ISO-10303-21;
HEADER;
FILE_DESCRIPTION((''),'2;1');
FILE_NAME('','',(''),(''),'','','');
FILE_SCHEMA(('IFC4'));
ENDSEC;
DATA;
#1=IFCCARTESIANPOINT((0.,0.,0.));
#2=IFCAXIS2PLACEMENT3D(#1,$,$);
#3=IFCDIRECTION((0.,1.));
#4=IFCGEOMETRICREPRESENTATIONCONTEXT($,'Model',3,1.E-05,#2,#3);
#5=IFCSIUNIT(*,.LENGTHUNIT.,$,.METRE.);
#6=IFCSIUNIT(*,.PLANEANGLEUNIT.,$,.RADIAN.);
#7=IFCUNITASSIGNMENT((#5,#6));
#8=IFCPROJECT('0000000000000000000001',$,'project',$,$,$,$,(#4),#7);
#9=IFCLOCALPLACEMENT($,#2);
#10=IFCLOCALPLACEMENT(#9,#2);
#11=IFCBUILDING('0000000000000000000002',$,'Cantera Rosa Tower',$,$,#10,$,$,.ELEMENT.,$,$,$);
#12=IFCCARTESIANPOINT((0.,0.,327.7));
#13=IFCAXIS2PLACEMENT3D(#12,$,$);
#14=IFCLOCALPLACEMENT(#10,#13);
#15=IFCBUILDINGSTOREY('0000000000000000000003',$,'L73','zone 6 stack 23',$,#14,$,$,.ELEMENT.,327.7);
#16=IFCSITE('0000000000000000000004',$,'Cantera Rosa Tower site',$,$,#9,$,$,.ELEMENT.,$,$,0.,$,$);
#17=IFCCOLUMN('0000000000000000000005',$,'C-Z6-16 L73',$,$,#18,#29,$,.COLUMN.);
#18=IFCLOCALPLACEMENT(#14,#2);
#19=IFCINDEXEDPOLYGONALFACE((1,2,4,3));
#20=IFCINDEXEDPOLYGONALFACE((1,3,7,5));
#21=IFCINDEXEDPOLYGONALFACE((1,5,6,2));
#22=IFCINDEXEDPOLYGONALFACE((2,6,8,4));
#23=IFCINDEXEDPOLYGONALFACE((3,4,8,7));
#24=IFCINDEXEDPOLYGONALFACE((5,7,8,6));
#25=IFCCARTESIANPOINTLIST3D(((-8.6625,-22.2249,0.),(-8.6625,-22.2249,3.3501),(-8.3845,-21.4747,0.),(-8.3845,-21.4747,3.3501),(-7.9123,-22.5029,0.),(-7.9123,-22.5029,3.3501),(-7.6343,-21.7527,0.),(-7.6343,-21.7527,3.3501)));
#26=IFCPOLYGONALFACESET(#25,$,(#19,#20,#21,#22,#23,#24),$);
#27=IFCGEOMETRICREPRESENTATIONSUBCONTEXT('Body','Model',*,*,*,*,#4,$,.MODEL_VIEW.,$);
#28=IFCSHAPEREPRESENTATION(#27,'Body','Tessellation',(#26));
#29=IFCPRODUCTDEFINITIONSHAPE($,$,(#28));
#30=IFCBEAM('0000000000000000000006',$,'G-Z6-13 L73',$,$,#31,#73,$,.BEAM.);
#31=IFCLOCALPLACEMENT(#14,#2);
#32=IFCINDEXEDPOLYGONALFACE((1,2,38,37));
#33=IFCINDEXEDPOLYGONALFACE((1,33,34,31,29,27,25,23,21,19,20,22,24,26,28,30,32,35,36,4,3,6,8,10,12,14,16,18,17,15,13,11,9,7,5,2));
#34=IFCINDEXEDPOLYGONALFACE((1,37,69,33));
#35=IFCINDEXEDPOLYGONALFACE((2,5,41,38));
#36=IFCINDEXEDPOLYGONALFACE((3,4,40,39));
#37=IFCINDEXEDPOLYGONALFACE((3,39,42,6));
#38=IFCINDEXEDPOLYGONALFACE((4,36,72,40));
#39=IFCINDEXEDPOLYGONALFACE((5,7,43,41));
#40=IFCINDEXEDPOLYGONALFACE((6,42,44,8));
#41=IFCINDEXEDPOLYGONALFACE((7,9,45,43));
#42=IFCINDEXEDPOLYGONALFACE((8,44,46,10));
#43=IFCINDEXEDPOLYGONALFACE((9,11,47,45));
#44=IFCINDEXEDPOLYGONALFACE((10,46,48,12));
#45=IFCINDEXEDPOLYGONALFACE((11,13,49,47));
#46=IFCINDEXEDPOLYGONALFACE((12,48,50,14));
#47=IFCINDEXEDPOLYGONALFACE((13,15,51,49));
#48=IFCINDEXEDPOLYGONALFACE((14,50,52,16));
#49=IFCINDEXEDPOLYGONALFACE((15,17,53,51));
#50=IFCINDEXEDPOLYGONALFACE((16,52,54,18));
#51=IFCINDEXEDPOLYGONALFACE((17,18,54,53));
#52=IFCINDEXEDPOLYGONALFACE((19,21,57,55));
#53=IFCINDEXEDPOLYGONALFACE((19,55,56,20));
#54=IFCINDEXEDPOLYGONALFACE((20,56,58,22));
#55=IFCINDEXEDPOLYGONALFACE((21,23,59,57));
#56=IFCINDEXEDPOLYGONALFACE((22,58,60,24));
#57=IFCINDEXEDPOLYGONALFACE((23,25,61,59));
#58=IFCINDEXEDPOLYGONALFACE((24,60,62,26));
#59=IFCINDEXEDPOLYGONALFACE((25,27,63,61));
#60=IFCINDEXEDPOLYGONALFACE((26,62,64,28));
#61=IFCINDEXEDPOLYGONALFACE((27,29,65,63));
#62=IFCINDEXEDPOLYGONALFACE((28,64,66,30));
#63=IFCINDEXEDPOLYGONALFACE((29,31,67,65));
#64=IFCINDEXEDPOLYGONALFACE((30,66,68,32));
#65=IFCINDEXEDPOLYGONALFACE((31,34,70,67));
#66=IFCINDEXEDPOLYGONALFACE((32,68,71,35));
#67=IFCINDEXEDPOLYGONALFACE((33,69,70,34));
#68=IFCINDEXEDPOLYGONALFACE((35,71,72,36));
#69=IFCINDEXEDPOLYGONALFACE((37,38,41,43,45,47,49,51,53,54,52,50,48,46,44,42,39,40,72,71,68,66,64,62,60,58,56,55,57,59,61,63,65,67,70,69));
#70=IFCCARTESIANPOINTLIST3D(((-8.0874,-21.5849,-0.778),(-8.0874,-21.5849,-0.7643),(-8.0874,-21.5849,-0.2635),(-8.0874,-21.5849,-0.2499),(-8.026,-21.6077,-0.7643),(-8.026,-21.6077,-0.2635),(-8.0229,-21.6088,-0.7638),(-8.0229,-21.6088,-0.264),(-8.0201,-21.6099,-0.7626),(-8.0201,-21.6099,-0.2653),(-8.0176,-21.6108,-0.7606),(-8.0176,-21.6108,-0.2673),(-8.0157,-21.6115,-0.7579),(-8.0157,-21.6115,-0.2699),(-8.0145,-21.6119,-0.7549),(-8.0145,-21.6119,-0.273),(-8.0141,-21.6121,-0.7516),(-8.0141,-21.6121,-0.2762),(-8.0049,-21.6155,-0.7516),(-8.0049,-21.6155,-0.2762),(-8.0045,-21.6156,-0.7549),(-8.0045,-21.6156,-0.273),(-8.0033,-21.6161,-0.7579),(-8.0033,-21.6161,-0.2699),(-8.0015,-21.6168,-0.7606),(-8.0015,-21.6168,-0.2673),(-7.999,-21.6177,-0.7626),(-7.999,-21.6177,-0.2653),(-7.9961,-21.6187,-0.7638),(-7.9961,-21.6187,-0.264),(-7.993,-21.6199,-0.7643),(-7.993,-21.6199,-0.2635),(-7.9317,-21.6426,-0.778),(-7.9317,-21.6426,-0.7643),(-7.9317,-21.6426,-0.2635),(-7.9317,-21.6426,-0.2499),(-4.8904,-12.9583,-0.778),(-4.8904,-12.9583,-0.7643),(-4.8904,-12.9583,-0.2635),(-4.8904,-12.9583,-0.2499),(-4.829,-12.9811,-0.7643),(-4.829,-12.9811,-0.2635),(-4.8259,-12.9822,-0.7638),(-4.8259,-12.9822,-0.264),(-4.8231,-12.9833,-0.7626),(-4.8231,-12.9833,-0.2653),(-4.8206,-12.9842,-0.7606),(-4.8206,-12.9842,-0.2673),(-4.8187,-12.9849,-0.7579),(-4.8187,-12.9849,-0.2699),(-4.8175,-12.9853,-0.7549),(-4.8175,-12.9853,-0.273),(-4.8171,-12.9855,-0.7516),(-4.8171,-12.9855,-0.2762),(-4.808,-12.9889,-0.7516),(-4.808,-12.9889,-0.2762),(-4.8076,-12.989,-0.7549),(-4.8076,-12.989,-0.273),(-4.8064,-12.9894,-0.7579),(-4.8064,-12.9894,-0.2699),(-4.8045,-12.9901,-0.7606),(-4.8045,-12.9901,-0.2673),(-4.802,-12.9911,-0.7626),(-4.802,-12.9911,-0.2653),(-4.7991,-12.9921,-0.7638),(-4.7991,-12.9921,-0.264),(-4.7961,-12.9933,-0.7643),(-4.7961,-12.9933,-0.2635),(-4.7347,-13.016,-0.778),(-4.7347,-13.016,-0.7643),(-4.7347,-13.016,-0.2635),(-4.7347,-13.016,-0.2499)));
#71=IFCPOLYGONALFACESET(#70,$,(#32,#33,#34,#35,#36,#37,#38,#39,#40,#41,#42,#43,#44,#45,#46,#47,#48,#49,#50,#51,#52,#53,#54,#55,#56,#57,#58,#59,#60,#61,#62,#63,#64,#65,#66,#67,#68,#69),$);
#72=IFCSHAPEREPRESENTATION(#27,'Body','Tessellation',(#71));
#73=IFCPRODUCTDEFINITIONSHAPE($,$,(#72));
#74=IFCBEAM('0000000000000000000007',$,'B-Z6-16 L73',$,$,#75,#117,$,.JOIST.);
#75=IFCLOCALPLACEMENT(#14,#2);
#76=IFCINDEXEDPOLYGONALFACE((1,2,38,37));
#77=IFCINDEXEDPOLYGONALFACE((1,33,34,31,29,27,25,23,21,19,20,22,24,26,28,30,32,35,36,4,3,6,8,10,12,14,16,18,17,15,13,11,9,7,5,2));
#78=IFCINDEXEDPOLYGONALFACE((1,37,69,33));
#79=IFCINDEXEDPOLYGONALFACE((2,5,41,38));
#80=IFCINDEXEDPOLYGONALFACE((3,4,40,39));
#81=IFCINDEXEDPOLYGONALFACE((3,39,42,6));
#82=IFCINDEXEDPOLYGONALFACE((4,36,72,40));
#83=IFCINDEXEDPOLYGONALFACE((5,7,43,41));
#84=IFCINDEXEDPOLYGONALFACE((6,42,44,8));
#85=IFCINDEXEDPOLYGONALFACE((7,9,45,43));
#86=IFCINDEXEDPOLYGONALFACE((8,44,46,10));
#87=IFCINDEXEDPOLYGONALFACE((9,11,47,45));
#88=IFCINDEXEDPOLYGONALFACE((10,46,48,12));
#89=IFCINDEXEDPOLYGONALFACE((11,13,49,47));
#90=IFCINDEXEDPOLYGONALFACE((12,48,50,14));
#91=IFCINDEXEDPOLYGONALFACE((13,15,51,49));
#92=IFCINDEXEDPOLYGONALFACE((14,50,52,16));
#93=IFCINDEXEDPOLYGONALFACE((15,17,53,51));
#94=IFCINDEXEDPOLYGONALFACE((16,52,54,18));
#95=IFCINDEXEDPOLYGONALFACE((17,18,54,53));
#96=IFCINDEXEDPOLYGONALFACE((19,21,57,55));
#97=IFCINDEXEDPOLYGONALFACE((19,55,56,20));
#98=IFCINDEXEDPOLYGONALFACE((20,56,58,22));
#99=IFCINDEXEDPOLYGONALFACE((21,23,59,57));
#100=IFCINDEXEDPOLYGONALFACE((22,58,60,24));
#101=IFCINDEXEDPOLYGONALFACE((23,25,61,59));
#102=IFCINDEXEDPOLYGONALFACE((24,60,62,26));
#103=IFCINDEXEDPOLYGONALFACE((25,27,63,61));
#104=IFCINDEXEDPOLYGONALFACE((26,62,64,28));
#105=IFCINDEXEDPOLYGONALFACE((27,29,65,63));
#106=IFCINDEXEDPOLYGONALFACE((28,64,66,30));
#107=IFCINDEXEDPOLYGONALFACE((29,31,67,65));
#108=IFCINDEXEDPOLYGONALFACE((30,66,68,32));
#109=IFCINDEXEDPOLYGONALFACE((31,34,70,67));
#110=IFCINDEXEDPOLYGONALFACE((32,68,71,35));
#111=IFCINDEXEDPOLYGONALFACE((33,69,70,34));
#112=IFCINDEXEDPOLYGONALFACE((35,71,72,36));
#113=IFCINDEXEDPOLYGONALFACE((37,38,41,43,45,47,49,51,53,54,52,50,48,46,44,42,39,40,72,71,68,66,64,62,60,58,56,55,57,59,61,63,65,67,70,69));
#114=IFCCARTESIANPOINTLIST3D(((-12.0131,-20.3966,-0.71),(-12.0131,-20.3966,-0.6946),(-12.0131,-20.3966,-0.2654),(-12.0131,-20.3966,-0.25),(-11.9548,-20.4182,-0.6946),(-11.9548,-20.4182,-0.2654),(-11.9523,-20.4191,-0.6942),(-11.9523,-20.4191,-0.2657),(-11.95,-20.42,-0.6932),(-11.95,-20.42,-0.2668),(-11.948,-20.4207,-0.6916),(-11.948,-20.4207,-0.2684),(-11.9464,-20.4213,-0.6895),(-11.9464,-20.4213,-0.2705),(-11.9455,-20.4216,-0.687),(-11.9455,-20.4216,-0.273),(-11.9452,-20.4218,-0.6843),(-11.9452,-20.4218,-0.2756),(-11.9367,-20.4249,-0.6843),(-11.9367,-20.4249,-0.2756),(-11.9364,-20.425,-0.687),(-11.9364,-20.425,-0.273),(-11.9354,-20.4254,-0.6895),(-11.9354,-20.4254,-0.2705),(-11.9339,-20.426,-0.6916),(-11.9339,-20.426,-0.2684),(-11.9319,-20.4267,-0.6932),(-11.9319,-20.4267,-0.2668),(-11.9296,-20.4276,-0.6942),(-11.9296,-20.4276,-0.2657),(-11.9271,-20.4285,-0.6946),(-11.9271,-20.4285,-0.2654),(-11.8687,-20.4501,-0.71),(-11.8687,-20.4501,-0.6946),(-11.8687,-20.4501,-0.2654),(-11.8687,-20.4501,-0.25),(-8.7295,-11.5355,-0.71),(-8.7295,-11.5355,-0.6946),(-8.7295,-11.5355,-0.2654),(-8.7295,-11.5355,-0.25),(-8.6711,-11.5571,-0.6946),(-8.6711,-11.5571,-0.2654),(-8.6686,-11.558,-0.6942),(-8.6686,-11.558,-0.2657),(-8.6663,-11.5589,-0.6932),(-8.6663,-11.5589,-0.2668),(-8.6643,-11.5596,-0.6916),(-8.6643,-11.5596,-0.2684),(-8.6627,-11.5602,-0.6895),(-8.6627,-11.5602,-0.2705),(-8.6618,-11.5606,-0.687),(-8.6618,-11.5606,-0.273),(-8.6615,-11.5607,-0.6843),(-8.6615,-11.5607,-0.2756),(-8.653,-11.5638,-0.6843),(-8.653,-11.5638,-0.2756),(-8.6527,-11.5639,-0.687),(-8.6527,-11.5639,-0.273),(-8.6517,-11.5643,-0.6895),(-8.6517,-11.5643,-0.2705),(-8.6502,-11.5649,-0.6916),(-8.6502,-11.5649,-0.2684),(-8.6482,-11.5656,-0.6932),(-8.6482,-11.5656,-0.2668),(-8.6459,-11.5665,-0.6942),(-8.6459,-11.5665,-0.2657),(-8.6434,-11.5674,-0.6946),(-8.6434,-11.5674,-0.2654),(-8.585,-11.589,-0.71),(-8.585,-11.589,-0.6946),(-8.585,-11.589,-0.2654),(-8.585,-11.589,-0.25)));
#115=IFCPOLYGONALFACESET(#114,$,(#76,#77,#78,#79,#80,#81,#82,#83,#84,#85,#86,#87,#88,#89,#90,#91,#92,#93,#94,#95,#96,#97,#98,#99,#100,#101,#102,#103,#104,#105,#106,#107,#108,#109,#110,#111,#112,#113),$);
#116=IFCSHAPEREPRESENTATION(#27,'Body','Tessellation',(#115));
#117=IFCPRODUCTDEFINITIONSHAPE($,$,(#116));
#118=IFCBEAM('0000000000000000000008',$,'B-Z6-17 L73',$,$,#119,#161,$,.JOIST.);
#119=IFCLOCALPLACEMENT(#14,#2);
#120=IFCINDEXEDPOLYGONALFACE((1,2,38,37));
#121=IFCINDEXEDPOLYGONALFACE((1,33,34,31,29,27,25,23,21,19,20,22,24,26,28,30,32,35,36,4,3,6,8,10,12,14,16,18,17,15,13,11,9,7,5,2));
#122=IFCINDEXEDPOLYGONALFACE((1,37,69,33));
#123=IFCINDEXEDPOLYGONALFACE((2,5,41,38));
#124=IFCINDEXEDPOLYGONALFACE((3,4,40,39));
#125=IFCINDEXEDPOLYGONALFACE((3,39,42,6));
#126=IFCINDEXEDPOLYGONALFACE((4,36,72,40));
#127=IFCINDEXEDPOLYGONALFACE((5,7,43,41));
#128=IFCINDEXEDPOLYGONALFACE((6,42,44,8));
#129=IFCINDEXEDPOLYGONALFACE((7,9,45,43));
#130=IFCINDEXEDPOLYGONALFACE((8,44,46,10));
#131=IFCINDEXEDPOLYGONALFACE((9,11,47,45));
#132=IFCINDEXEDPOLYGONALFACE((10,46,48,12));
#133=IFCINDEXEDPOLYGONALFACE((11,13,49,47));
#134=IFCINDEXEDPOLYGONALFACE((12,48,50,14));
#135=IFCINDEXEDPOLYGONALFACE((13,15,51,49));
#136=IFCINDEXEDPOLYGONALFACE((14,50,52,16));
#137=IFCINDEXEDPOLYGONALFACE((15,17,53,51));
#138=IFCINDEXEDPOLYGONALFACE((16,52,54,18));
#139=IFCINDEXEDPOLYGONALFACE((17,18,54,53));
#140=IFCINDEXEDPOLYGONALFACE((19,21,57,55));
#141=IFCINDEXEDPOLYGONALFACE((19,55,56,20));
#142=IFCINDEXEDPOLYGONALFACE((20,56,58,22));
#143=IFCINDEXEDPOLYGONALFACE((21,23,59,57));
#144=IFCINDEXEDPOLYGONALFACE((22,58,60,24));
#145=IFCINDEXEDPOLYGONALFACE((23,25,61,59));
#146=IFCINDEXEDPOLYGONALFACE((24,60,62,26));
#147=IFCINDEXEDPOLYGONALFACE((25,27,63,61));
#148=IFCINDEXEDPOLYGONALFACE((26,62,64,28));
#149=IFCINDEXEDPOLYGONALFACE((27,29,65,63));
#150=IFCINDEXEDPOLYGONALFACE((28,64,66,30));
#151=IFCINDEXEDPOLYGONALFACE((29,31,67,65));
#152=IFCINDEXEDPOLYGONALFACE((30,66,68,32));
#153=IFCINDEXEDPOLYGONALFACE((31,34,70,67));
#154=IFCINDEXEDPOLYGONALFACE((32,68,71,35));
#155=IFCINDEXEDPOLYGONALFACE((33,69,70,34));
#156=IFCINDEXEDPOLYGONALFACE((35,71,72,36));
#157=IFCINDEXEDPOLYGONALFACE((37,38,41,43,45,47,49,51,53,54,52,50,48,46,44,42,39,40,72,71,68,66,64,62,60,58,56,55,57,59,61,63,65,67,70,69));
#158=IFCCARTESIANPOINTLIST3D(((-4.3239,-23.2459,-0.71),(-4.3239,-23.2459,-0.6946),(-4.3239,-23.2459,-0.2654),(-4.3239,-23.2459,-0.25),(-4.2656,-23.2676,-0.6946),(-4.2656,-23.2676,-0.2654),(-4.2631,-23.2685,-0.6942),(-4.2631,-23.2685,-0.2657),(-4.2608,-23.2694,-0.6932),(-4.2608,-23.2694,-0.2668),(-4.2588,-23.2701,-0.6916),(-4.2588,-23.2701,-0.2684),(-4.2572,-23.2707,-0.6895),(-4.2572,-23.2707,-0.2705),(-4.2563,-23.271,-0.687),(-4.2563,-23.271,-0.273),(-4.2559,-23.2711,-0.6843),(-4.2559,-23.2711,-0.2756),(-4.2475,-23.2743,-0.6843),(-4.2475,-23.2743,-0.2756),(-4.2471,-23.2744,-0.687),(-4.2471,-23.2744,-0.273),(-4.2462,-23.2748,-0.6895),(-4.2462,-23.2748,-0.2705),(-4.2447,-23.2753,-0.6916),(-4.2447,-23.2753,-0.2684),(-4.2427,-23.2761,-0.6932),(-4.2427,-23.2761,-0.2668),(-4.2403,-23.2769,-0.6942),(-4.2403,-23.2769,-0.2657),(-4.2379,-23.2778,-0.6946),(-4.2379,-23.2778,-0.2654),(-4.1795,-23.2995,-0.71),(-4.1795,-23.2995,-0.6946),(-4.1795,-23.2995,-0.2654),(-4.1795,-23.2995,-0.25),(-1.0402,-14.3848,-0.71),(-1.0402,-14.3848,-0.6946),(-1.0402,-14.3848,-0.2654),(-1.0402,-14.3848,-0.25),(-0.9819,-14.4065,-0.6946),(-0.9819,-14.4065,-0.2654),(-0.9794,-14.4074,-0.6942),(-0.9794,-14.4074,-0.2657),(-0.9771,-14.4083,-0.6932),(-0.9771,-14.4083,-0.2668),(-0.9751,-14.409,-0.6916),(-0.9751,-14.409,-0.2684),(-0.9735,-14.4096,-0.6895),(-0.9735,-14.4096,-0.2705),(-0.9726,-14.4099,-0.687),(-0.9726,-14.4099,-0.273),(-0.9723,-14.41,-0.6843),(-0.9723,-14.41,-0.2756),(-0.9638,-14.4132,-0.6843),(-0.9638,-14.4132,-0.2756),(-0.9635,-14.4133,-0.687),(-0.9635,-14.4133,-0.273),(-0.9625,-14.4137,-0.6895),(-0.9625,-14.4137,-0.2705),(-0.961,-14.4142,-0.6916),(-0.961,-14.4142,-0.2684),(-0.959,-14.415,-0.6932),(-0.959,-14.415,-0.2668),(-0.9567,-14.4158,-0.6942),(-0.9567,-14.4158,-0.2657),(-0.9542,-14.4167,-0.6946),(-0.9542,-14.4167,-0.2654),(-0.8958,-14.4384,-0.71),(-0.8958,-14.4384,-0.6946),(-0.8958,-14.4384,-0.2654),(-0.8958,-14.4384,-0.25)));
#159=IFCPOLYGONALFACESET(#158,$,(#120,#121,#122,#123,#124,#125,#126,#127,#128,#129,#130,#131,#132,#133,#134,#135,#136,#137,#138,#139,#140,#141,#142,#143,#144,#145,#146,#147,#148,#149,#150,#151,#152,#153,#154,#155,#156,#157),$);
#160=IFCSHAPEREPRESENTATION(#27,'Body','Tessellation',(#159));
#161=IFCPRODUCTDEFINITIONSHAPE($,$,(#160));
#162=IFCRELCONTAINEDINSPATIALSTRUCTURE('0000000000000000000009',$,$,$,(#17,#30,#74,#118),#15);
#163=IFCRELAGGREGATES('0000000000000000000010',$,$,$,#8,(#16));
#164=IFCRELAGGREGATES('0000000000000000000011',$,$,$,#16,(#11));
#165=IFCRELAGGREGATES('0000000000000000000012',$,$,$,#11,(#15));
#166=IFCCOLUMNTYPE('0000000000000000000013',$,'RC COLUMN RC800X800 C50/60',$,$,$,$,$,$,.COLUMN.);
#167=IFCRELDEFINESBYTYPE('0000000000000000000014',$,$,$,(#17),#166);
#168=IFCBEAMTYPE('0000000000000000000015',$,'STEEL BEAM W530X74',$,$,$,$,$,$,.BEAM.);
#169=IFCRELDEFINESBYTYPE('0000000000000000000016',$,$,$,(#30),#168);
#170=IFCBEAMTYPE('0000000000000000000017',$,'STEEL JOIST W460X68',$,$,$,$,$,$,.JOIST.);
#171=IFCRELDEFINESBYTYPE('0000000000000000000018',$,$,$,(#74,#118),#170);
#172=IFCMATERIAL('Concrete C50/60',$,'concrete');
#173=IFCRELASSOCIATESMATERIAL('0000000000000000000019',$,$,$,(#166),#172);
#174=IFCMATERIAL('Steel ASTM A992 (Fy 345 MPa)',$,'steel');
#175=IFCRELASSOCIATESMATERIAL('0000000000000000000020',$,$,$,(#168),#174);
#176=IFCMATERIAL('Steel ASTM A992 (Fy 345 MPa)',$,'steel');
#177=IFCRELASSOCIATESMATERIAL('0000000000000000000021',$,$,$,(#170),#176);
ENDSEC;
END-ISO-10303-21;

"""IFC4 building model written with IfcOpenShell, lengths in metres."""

from ifc_helpers import new_model, si_unit, direction, frame, origin, origin_2d, place, context, subcontext, project, spatial, rectangle, i_section, extrude, material, material_profile, profile_set, type_object, element, save


model = new_model("IFC4")

# Units and contexts
model_context = context("Model", 3, precision=1e-05, world=origin(), true_north=direction((0.0, 1.0)))
body_context = subcontext(model_context, "Body", "Model", "MODEL_VIEW")
ifc_project = project(units=[si_unit("LENGTHUNIT", "METRE"), si_unit("PLANEANGLEUNIT", "RADIAN")], contexts=[model_context])

# Site, building, storey
site_placement = place(None, origin())
site = spatial("IfcSite", under=ifc_project, at=site_placement, Name="Cantera Rosa Tower site", CompositionType="ELEMENT", RefElevation=0.0)
building_placement = place(site_placement, origin())
building = spatial("IfcBuilding", under=site, at=building_placement, Name="Cantera Rosa Tower", CompositionType="ELEMENT")
storey_placement = place(building_placement, frame((0.0, 0.0, 327.7)))
storey = spatial("IfcBuildingStorey", under=building, at=storey_placement, Name="L73", Description="zone 6 stack 23", CompositionType="ELEMENT", Elevation=327.7)

# Column
ifc_material_1 = material(Name="Concrete C50/60", Category="concrete")
ifc_material_profile_1 = material_profile(ifc_material_1, rectangle(XDim=0.8, YDim=0.8, at=origin_2d()), Name="RC COLUMN RC800X800 C50/60")
ifc_profile_set_1 = profile_set([ifc_material_profile_1], Name="Concrete C50/60")
column_type = type_object("IfcColumnType", Name="RC COLUMN RC800X800 C50/60", PredefinedType="COLUMN", material=ifc_profile_set_1)
column_placement = place(storey_placement, frame((-8.1484, -21.9888, 0.0), z_axis=(0.0, 0.0, 1.0), x_axis=(0.347481, 0.937687, 0.0)))
element("IfcColumn", 1, at=column_placement, inside=storey, type_object=column_type, Name="C-Z6-16 L73", PredefinedType="COLUMN", context=body_context, shape_type="SweptSolid", body=[
    extrude(rectangle(XDim=0.8, YDim=0.8, at=origin_2d()), origin(), (0.0, 0.0, 1.0), 3.3501),
])

# Beams
ifc_material_2 = material(Name="Steel ASTM A992 (Fy 345 MPa)", Category="steel")
ifc_material_profile_2 = material_profile(ifc_material_2, i_section(OverallWidth=0.166, OverallDepth=0.5281, WebThickness=0.0098, FlangeThickness=0.0137, FilletRadius=0.0127, at=origin_2d()), Name="W530X74")
ifc_profile_set_2 = profile_set([ifc_material_profile_2], Name="Steel ASTM A992 (Fy 345 MPa)")
beam_type_1 = type_object("IfcBeamType", Name="STEEL BEAM W530X74", PredefinedType="BEAM", material=ifc_profile_set_2)
beam_1_placement = place(storey_placement, frame((-8.0095, -21.6138, -0.5139), z_axis=(0.3475, 0.93768, 0.0), x_axis=(-0.93768, 0.3475, 0.0)))
element("IfcBeam", 2, at=beam_1_placement, inside=storey, type_object=beam_type_1, Name="G-Z6-13 L73", PredefinedType="BEAM", context=body_context, shape_type="SweptSolid", body=[
    extrude(i_section(OverallWidth=0.166, OverallDepth=0.5281, WebThickness=0.0098, FlangeThickness=0.0137, FilletRadius=0.0127, at=origin_2d()), origin(), (0.0, 0.0, 1.0), 9.2),
])
ifc_material_3 = material(Name="Steel ASTM A992 (Fy 345 MPa)", Category="steel")
ifc_material_profile_3 = material_profile(ifc_material_3, i_section(OverallWidth=0.1541, OverallDepth=0.46, WebThickness=0.009, FlangeThickness=0.0154, FilletRadius=0.0103, at=origin_2d()), Name="W460X68")
ifc_profile_set_3 = profile_set([ifc_material_profile_3], Name="Steel ASTM A992 (Fy 345 MPa)")
beam_type_2 = type_object("IfcBeamType", Name="STEEL JOIST W460X68", PredefinedType="JOIST", material=ifc_profile_set_3)
for number, where, z_axis, x_axis, name in (
    (3, (-11.9409, -20.4233, -0.48), (0.347483, 0.937686, 0.0), (-0.937686, 0.347483, 0.0), "B-Z6-16 L73"),
    (4, (-4.2517, -23.2727, -0.48), (0.347483, 0.937686, 0.0), (-0.937686, 0.347483, 0.0), "B-Z6-17 L73"),
):
    element("IfcBeam", number, at=place(storey_placement, frame(where, z_axis=z_axis, x_axis=x_axis)), inside=storey, type_object=beam_type_2, Name=name, PredefinedType="JOIST", context=body_context, shape_type="SweptSolid", body=[
        extrude(i_section(OverallWidth=0.1541, OverallDepth=0.46, WebThickness=0.009, FlangeThickness=0.0154, FilletRadius=0.0103, at=origin_2d()), origin(), (0.0, 0.0, 1.0), 9.45),
    ])

save(model, "model.ifc")
